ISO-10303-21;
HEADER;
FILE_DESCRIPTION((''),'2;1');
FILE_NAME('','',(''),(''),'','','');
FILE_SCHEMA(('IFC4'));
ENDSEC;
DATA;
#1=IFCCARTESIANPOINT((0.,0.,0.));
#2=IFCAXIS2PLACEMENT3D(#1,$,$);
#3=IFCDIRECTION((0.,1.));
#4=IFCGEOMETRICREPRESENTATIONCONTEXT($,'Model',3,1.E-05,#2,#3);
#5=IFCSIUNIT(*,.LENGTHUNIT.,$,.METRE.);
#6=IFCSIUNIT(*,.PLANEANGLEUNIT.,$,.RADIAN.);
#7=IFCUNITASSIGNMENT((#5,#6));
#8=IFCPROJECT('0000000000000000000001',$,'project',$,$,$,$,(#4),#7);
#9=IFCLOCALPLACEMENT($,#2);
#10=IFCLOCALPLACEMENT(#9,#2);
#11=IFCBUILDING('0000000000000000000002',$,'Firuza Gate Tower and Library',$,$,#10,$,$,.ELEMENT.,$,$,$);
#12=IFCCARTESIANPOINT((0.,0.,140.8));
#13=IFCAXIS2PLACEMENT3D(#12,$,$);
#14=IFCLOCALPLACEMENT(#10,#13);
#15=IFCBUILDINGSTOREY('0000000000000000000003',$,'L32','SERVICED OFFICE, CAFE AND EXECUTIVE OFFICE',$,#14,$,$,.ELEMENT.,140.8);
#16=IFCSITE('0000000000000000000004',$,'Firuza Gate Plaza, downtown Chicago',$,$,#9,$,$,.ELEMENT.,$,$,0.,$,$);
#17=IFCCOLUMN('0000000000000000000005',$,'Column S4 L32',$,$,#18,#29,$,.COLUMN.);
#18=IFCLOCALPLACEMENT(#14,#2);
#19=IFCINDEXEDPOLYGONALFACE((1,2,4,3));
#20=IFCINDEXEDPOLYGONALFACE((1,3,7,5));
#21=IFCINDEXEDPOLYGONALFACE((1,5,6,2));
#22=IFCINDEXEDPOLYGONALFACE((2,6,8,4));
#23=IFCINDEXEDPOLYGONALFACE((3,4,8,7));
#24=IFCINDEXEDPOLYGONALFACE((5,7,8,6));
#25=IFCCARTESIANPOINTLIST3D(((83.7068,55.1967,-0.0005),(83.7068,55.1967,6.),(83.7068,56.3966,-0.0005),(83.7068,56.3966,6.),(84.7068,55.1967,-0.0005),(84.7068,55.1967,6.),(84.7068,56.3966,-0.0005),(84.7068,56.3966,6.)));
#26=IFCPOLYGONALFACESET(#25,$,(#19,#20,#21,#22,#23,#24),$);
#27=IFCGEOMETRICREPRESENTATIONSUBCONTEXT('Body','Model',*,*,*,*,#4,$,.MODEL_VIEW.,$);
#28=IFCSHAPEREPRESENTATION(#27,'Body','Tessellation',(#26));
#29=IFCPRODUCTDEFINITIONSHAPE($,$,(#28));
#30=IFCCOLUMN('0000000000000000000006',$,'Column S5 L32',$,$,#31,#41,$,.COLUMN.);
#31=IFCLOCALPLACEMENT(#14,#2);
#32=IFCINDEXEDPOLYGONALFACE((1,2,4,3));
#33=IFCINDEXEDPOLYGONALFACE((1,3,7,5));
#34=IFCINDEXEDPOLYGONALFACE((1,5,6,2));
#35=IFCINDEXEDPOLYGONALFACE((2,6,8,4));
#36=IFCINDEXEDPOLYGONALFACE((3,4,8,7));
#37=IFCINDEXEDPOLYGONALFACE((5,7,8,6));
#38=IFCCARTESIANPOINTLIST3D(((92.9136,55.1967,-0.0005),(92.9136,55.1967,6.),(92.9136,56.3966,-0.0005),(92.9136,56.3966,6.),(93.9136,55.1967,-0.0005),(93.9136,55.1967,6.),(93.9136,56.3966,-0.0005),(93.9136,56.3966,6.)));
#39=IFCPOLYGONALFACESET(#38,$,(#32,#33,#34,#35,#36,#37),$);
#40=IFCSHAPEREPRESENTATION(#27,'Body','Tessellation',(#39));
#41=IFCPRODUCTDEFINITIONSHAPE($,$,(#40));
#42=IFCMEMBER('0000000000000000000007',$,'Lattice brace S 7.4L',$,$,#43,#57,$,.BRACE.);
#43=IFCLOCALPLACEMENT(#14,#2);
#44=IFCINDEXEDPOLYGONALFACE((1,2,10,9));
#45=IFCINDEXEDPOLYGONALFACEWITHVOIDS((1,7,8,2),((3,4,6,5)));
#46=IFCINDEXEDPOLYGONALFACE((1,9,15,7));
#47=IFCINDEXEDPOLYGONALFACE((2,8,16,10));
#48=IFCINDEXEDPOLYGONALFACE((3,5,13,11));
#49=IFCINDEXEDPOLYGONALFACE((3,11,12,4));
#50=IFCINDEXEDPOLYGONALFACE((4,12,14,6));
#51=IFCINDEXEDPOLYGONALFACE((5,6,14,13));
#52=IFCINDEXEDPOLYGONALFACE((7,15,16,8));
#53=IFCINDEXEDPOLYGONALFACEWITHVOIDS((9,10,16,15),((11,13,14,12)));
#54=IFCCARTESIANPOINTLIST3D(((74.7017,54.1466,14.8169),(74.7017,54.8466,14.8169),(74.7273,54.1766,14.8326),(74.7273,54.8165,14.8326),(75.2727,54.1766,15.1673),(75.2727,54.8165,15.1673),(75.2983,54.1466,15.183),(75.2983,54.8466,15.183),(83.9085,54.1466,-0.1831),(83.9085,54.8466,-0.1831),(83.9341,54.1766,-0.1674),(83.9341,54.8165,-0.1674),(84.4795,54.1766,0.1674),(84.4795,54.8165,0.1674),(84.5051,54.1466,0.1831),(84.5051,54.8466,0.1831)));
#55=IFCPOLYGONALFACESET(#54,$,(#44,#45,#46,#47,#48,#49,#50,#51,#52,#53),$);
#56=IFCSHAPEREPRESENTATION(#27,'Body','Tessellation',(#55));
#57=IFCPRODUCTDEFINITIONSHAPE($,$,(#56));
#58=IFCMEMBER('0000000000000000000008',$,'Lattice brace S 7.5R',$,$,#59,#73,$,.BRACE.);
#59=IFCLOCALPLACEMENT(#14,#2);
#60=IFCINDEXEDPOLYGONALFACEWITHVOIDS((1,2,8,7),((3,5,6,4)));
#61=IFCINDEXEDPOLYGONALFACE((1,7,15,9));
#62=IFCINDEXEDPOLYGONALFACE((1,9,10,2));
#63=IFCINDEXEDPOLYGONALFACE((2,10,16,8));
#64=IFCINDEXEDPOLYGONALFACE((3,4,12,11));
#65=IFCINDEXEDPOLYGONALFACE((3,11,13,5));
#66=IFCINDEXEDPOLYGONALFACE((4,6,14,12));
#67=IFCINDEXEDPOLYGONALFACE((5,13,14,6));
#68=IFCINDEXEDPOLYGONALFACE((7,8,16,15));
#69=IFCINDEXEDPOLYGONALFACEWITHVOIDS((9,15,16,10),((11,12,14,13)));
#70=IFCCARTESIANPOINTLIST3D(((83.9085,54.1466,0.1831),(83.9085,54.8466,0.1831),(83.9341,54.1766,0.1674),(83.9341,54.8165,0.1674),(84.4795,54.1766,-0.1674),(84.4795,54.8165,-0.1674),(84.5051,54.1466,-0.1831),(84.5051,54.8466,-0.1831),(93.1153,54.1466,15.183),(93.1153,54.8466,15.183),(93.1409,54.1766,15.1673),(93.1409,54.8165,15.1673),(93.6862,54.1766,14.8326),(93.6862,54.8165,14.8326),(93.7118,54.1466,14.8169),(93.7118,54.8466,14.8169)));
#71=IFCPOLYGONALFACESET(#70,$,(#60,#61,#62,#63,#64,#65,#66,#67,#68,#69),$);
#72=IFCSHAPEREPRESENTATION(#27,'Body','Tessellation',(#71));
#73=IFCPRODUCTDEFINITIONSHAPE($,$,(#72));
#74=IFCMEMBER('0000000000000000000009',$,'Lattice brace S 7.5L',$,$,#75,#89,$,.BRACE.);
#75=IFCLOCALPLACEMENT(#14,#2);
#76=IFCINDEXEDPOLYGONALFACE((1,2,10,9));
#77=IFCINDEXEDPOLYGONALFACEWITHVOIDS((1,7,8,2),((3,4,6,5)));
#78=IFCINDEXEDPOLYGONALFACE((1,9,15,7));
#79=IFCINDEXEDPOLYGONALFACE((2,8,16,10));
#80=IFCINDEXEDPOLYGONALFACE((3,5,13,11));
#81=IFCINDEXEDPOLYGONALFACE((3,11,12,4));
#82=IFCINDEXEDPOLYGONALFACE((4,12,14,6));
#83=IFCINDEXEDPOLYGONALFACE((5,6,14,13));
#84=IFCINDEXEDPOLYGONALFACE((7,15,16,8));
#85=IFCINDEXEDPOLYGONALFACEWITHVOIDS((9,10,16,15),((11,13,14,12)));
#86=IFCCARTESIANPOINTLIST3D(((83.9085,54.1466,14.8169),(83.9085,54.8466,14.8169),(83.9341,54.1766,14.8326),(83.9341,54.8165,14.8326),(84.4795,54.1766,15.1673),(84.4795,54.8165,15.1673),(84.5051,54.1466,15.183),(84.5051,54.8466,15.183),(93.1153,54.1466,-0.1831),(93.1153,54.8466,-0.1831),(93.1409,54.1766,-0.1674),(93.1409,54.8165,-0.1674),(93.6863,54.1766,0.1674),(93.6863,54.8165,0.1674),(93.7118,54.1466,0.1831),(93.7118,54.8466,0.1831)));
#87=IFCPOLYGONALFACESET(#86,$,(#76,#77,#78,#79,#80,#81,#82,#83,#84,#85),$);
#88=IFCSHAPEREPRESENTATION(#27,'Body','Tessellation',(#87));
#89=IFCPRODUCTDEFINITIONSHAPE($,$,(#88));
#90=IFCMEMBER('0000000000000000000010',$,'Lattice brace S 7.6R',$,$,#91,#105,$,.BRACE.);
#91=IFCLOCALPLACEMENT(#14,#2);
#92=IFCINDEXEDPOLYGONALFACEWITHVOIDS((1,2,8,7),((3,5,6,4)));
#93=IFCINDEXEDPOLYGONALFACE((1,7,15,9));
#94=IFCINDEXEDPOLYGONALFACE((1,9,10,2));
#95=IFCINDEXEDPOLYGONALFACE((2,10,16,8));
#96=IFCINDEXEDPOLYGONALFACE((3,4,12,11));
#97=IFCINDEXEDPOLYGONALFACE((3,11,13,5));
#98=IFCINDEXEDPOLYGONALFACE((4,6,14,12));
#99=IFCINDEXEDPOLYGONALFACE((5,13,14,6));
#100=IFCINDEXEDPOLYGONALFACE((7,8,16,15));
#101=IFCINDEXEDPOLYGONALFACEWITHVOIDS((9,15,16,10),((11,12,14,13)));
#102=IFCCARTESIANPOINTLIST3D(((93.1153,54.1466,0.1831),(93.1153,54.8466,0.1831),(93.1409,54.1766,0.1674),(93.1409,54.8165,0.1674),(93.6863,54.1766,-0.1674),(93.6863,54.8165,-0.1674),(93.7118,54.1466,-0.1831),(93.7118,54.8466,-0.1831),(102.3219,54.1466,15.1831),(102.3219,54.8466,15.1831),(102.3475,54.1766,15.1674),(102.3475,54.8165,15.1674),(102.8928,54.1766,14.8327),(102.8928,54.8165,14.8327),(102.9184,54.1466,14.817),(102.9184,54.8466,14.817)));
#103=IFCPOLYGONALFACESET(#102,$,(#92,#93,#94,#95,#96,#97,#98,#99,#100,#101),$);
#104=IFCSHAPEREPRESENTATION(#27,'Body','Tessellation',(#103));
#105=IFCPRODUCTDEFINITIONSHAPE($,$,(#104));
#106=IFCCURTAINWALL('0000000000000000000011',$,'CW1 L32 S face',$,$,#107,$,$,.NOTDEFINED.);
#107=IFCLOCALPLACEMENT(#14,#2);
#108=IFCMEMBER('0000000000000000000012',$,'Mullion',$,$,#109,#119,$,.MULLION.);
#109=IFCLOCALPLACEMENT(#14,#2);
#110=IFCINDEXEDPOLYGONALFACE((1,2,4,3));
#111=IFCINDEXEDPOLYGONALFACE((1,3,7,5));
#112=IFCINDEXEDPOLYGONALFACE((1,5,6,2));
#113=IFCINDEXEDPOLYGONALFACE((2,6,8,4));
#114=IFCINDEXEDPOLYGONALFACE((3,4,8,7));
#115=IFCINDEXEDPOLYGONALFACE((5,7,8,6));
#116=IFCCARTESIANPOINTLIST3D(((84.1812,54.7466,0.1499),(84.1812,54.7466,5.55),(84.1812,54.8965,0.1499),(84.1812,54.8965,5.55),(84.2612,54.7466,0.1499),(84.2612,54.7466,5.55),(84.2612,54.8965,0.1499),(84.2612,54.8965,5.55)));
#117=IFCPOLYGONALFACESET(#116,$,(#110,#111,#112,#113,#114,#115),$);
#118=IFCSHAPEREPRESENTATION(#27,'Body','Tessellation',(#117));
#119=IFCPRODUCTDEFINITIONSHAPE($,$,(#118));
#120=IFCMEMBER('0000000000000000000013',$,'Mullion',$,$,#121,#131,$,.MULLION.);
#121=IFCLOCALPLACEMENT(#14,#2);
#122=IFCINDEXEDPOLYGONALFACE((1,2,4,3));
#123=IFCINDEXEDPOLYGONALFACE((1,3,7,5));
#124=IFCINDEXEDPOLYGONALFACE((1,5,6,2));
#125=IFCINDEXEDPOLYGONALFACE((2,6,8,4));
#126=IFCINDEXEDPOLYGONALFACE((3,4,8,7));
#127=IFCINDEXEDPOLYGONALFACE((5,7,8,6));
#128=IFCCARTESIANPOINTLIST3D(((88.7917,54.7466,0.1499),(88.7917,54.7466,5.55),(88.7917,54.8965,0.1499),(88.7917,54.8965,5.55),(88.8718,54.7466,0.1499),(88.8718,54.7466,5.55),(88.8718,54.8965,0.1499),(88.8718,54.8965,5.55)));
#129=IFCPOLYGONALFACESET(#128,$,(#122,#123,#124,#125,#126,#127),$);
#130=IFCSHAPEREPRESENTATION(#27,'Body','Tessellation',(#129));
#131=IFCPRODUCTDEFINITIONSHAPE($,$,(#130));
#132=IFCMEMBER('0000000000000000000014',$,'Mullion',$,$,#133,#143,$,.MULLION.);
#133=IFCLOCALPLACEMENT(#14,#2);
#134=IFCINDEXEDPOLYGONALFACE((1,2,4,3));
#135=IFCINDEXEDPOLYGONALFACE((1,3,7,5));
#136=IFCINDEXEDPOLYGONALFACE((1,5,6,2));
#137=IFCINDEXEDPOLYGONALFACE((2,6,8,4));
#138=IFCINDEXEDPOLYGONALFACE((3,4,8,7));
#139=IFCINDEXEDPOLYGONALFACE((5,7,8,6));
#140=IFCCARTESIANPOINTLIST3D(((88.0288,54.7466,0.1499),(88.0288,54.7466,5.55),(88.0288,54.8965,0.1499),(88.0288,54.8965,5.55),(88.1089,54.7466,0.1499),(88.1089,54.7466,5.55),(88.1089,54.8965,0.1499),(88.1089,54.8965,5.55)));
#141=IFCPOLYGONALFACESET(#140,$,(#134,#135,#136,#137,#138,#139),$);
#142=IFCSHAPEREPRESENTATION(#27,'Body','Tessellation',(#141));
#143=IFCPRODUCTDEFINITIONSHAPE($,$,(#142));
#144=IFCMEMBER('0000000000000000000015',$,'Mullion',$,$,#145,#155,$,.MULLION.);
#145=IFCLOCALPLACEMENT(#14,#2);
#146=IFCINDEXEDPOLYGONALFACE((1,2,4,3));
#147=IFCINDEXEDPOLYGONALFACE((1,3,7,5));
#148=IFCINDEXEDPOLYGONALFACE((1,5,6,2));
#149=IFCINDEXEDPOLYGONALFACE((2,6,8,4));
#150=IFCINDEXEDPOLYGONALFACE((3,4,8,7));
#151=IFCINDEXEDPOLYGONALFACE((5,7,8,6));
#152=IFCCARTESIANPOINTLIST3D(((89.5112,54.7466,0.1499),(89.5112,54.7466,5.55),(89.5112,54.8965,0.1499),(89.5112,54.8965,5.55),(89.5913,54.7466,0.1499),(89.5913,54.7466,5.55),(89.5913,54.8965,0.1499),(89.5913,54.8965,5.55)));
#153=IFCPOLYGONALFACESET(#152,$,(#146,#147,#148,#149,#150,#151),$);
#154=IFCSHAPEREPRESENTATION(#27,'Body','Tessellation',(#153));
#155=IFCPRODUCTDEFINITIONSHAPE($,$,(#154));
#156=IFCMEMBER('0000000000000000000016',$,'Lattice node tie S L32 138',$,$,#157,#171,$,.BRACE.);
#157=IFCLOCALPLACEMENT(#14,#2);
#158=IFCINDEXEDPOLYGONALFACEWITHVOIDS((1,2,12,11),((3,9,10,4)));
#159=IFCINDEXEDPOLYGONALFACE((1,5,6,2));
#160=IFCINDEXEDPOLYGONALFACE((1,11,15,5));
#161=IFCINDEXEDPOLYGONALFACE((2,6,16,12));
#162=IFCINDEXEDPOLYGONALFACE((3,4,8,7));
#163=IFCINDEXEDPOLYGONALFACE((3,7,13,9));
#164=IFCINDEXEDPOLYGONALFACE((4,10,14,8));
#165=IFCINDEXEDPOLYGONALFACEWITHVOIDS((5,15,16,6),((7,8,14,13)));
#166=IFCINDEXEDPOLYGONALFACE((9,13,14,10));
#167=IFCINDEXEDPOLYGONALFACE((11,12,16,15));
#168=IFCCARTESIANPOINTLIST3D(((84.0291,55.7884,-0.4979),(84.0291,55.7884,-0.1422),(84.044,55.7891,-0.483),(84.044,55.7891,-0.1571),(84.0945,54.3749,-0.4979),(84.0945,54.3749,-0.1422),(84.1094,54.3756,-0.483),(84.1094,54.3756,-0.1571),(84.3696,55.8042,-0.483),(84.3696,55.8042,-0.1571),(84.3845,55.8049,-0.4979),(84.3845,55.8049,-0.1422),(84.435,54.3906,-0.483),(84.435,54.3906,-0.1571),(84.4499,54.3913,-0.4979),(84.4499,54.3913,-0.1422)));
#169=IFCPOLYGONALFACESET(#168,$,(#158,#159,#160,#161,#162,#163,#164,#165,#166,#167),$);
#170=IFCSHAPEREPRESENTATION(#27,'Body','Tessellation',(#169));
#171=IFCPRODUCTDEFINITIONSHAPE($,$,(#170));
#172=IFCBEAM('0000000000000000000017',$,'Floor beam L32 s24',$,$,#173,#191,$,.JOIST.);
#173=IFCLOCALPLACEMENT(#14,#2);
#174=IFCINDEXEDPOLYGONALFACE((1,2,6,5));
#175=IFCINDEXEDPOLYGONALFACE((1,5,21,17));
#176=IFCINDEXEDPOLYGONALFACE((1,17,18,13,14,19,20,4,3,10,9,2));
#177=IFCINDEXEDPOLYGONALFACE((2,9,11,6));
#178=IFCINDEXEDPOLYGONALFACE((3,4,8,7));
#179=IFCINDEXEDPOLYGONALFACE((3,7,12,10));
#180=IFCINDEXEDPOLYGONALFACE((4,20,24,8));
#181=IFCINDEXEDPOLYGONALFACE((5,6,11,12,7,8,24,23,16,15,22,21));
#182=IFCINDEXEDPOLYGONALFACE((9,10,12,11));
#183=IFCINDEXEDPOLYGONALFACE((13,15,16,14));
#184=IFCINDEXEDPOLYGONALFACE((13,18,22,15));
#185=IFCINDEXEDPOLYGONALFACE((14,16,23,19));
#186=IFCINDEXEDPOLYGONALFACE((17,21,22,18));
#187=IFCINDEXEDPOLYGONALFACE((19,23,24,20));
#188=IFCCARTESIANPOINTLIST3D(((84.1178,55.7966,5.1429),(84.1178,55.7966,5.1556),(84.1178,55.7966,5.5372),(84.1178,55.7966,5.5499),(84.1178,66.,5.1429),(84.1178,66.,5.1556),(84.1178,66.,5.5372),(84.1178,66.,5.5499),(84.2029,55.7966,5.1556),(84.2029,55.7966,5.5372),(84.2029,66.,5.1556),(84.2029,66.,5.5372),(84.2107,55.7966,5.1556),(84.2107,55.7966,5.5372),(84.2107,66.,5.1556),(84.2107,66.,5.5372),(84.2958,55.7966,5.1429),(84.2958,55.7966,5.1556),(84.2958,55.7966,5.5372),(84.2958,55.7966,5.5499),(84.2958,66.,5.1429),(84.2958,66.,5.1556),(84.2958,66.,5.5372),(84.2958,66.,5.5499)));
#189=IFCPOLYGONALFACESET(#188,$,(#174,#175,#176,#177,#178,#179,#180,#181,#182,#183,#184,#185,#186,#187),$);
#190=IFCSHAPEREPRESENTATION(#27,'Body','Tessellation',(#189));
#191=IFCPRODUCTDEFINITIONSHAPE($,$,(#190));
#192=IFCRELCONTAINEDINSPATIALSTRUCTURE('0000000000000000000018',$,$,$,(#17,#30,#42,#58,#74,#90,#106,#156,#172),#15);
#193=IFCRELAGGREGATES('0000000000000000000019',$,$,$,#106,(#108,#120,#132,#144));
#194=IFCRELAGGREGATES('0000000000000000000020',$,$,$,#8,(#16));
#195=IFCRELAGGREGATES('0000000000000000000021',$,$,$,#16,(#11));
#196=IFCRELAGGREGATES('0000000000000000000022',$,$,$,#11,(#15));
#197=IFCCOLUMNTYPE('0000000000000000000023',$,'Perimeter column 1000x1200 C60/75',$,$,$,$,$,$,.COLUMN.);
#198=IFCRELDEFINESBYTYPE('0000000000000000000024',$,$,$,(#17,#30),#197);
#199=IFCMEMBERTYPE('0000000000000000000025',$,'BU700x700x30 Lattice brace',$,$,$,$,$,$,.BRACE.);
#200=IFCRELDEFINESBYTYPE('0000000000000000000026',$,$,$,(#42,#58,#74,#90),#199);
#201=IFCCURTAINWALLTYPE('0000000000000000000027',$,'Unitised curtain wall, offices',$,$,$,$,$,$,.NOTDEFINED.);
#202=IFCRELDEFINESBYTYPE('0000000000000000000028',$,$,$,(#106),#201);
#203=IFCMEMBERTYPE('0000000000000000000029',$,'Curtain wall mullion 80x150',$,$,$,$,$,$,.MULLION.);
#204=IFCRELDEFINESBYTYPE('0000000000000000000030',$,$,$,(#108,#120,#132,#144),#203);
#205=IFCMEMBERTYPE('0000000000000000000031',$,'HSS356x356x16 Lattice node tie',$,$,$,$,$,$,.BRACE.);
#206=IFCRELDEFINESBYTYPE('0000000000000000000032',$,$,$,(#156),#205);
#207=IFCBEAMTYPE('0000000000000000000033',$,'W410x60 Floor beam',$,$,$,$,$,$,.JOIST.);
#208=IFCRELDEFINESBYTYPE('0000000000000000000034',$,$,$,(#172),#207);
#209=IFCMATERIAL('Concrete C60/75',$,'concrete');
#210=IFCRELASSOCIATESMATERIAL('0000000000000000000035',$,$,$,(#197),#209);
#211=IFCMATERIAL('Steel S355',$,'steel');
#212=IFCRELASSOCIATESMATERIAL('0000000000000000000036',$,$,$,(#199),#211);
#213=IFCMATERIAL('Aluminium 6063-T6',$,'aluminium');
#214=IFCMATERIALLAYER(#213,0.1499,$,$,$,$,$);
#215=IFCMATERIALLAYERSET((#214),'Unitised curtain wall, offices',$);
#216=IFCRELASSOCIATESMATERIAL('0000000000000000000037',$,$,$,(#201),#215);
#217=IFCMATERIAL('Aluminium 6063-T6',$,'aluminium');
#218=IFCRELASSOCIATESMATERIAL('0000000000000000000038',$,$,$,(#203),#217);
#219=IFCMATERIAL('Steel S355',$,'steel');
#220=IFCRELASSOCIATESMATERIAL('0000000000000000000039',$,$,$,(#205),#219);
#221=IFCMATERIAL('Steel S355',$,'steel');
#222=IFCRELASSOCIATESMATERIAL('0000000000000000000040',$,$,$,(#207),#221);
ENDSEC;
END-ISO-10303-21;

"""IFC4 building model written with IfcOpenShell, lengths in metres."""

from ifc_helpers import new_model, si_unit, direction, frame, origin, origin_2d, place, context, subcontext, project, spatial, rectangle, hollow_rectangle, i_section, extrude, material, layer, layer_set, material_profile, profile_set, type_object, element, aggregate, save


model = new_model("IFC4")

# Units and contexts
model_context = context("Model", 3, precision=1e-05, world=origin(), true_north=direction((0.0, 1.0)))
body_context = subcontext(model_context, "Body", "Model", "MODEL_VIEW")
ifc_project = project(units=[si_unit("LENGTHUNIT", "METRE"), si_unit("PLANEANGLEUNIT", "RADIAN")], contexts=[model_context])

# Site, building, storey
site_placement = place(None, origin())
site = spatial("IfcSite", under=ifc_project, at=site_placement, Name="Firuza Gate Plaza, downtown Chicago", CompositionType="ELEMENT", RefElevation=0.0)
building_placement = place(site_placement, origin())
building = spatial("IfcBuilding", under=site, at=building_placement, Name="Firuza Gate Tower and Library", CompositionType="ELEMENT")
storey_placement = place(building_placement, frame((0.0, 0.0, 140.8)))
storey = spatial("IfcBuildingStorey", under=building, at=storey_placement, Name="L32", Description="SERVICED OFFICE, CAFE AND EXECUTIVE OFFICE", CompositionType="ELEMENT", Elevation=140.8)

# Columns
ifc_material_1 = material(Name="Concrete C60/75", Category="concrete")
ifc_material_profile_1 = material_profile(ifc_material_1, rectangle(XDim=1.0, YDim=1.2, at=origin_2d()))
ifc_profile_set_1 = profile_set([ifc_material_profile_1], Name="Concrete C60/75")
column_type = type_object("IfcColumnType", Name="Perimeter column 1000x1200 C60/75", PredefinedType="COLUMN", material=ifc_profile_set_1)
for number, where, z_axis, x_axis, name in (
    (1, (84.2068, 55.7966, -0.0005), (0.0, 0.0, 1.0), (1.0, 0.0, 0.0), "Column S4 L32"),
    (2, (93.4136, 55.7966, -0.0005), (0.0, 0.0, 1.0), (1.0, 0.0, 0.0), "Column S5 L32"),
):
    element("IfcColumn", number, at=place(storey_placement, frame(where, z_axis=z_axis, x_axis=x_axis)), inside=storey, type_object=column_type, Name=name, PredefinedType="COLUMN", context=body_context, shape_type="SweptSolid", body=[
        extrude(rectangle(XDim=1.0, YDim=1.2, at=origin_2d()), origin(), (0.0, 0.0, 1.0), 6.0005),
    ])

# Members
ifc_material_2 = material(Name="Steel S355", Category="steel")
ifc_material_profile_2 = material_profile(ifc_material_2, hollow_rectangle(XDim=0.7, YDim=0.7, WallThickness=0.03, at=origin_2d()))
ifc_profile_set_2 = profile_set([ifc_material_profile_2], Name="Steel S355")
member_type_1 = type_object("IfcMemberType", Name="BU700x700x30 Lattice brace", PredefinedType="BRACE", material=ifc_profile_set_2)
for number, where, z_axis, x_axis, name in (
    (3, (84.2068, 54.4966, 0.0), (-0.523109, 0.0, 0.852266), (0.0, -1.0, 0.0), "Lattice brace S 7.4L"),
    (4, (84.2068, 54.4966, 0.0), (0.523109, 0.0, 0.852266), (0.0, 1.0, 0.0), "Lattice brace S 7.5R"),
    (5, (93.4136, 54.4966, 0.0), (-0.523109, 0.0, 0.852266), (0.0, -1.0, 0.0), "Lattice brace S 7.5L"),
    (6, (93.4136, 54.4966, 0.0), (0.523099, 0.0, 0.852272), (0.0, 1.0, 0.0), "Lattice brace S 7.6R"),
):
    element("IfcMember", number, at=place(storey_placement, frame(where, z_axis=z_axis, x_axis=x_axis)), inside=storey, type_object=member_type_1, Name=name, PredefinedType="BRACE", context=body_context, shape_type="SweptSolid", body=[
        extrude(hollow_rectangle(XDim=0.7, YDim=0.7, WallThickness=0.03, at=origin_2d()), origin(), (0.0, 0.0, 1.0), 17.6001),
    ])

# Curtain wall, members
ifc_material_3 = material(Name="Aluminium 6063-T6", Category="aluminium")
ifc_layer_1 = layer(ifc_material_3, 0.1499)
ifc_layer_set_1 = layer_set([ifc_layer_1], Name="Unitised curtain wall, offices")
curtain_wall_type = type_object("IfcCurtainWallType", Name="Unitised curtain wall, offices", PredefinedType="NOTDEFINED", material=ifc_layer_set_1)
curtain_wall_placement = place(storey_placement, origin())
curtain_wall = element("IfcCurtainWall", 7, at=curtain_wall_placement, inside=storey, type_object=curtain_wall_type, Name="CW1 L32 S face", PredefinedType="NOTDEFINED")
ifc_material_4 = material(Name="Aluminium 6063-T6", Category="aluminium")
ifc_material_profile_3 = material_profile(ifc_material_4, rectangle(XDim=0.1499, YDim=0.0801, at=origin_2d()))
ifc_profile_set_3 = profile_set([ifc_material_profile_3], Name="Aluminium 6063-T6")
member_type_2 = type_object("IfcMemberType", Name="Curtain wall mullion 80x150", PredefinedType="MULLION", material=ifc_profile_set_3)
member_1_placement = place(storey_placement, frame((84.2212, 54.8215, 0.1499), z_axis=(0.0, 0.0, 1.0), x_axis=(0.0, 1.0, 0.0)))
member_1 = element("IfcMember", 8, at=member_1_placement, type_object=member_type_2, Name="Mullion", PredefinedType="MULLION", context=body_context, shape_type="SweptSolid", body=[
    extrude(rectangle(XDim=0.1499, YDim=0.0801, at=origin_2d()), origin(), (0.0, 0.0, 1.0), 5.4001),
])
member_2_placement = place(storey_placement, frame((88.8318, 54.8215, 0.1499), z_axis=(0.0, 0.0, 1.0), x_axis=(0.0, 1.0, 0.0)))
member_2 = element("IfcMember", 9, at=member_2_placement, type_object=member_type_2, Name="Mullion", PredefinedType="MULLION", context=body_context, shape_type="SweptSolid", body=[
    extrude(rectangle(XDim=0.1499, YDim=0.0801, at=origin_2d()), origin(), (0.0, 0.0, 1.0), 5.4001),
])
member_3_placement = place(storey_placement, frame((88.0688, 54.8215, 0.1499), z_axis=(0.0, 0.0, 1.0), x_axis=(0.0, 1.0, 0.0)))
member_3 = element("IfcMember", 10, at=member_3_placement, type_object=member_type_2, Name="Mullion", PredefinedType="MULLION", context=body_context, shape_type="SweptSolid", body=[
    extrude(rectangle(XDim=0.1499, YDim=0.0801, at=origin_2d()), origin(), (0.0, 0.0, 1.0), 5.4001),
])
member_4_placement = place(storey_placement, frame((89.5513, 54.8215, 0.1499), z_axis=(0.0, 0.0, 1.0), x_axis=(0.0, 1.0, 0.0)))
member_4 = element("IfcMember", 11, at=member_4_placement, type_object=member_type_2, Name="Mullion", PredefinedType="MULLION", context=body_context, shape_type="SweptSolid", body=[
    extrude(rectangle(XDim=0.1499, YDim=0.0801, at=origin_2d()), origin(), (0.0, 0.0, 1.0), 5.4001),
])

# Member
ifc_material_5 = material(Name="Steel S355", Category="steel")
ifc_material_profile_4 = material_profile(ifc_material_5, hollow_rectangle(XDim=0.3557, YDim=0.3557, WallThickness=0.0149, at=origin_2d()))
ifc_profile_set_4 = profile_set([ifc_material_profile_4], Name="Steel S355")
member_type_3 = type_object("IfcMemberType", Name="HSS356x356x16 Lattice node tie", PredefinedType="BRACE", material=ifc_profile_set_4)
member_5_placement = place(storey_placement, frame((84.2068, 55.7966, -0.3201), z_axis=(0.046237, -0.99893, 0.0), x_axis=(0.99893, 0.046237, 0.0)))
element("IfcMember", 12, at=member_5_placement, inside=storey, type_object=member_type_3, Name="Lattice node tie S L32 138", PredefinedType="BRACE", context=body_context, shape_type="SweptSolid", body=[
    extrude(hollow_rectangle(XDim=0.3557, YDim=0.3557, WallThickness=0.0149, at=origin_2d()), origin(), (0.0, 0.0, 1.0), 1.415),
])

# Beam
ifc_material_6 = material(Name="Steel S355", Category="steel")
ifc_material_profile_5 = material_profile(ifc_material_6, i_section(OverallWidth=0.178, OverallDepth=0.407, WebThickness=0.0078, FlangeThickness=0.0127, at=origin_2d()))
ifc_profile_set_5 = profile_set([ifc_material_profile_5], Name="Steel S355")
beam_type = type_object("IfcBeamType", Name="W410x60 Floor beam", PredefinedType="JOIST", material=ifc_profile_set_5)
beam_1_placement = place(storey_placement, frame((84.2068, 55.7966, 5.3464), z_axis=(0.0, 1.0, 0.0), x_axis=(-1.0, 0.0, 0.0)))
element("IfcBeam", 13, at=beam_1_placement, inside=storey, type_object=beam_type, Name="Floor beam L32 s24", PredefinedType="JOIST", context=body_context, shape_type="SweptSolid", body=[
    extrude(i_section(OverallWidth=0.178, OverallDepth=0.407, WebThickness=0.0078, FlangeThickness=0.0127, at=origin_2d()), origin(), (0.0, 0.0, 1.0), 10.2034),
])

aggregate(curtain_wall, [member_1, member_2, member_3, member_4])

save(model, "model.ifc")
